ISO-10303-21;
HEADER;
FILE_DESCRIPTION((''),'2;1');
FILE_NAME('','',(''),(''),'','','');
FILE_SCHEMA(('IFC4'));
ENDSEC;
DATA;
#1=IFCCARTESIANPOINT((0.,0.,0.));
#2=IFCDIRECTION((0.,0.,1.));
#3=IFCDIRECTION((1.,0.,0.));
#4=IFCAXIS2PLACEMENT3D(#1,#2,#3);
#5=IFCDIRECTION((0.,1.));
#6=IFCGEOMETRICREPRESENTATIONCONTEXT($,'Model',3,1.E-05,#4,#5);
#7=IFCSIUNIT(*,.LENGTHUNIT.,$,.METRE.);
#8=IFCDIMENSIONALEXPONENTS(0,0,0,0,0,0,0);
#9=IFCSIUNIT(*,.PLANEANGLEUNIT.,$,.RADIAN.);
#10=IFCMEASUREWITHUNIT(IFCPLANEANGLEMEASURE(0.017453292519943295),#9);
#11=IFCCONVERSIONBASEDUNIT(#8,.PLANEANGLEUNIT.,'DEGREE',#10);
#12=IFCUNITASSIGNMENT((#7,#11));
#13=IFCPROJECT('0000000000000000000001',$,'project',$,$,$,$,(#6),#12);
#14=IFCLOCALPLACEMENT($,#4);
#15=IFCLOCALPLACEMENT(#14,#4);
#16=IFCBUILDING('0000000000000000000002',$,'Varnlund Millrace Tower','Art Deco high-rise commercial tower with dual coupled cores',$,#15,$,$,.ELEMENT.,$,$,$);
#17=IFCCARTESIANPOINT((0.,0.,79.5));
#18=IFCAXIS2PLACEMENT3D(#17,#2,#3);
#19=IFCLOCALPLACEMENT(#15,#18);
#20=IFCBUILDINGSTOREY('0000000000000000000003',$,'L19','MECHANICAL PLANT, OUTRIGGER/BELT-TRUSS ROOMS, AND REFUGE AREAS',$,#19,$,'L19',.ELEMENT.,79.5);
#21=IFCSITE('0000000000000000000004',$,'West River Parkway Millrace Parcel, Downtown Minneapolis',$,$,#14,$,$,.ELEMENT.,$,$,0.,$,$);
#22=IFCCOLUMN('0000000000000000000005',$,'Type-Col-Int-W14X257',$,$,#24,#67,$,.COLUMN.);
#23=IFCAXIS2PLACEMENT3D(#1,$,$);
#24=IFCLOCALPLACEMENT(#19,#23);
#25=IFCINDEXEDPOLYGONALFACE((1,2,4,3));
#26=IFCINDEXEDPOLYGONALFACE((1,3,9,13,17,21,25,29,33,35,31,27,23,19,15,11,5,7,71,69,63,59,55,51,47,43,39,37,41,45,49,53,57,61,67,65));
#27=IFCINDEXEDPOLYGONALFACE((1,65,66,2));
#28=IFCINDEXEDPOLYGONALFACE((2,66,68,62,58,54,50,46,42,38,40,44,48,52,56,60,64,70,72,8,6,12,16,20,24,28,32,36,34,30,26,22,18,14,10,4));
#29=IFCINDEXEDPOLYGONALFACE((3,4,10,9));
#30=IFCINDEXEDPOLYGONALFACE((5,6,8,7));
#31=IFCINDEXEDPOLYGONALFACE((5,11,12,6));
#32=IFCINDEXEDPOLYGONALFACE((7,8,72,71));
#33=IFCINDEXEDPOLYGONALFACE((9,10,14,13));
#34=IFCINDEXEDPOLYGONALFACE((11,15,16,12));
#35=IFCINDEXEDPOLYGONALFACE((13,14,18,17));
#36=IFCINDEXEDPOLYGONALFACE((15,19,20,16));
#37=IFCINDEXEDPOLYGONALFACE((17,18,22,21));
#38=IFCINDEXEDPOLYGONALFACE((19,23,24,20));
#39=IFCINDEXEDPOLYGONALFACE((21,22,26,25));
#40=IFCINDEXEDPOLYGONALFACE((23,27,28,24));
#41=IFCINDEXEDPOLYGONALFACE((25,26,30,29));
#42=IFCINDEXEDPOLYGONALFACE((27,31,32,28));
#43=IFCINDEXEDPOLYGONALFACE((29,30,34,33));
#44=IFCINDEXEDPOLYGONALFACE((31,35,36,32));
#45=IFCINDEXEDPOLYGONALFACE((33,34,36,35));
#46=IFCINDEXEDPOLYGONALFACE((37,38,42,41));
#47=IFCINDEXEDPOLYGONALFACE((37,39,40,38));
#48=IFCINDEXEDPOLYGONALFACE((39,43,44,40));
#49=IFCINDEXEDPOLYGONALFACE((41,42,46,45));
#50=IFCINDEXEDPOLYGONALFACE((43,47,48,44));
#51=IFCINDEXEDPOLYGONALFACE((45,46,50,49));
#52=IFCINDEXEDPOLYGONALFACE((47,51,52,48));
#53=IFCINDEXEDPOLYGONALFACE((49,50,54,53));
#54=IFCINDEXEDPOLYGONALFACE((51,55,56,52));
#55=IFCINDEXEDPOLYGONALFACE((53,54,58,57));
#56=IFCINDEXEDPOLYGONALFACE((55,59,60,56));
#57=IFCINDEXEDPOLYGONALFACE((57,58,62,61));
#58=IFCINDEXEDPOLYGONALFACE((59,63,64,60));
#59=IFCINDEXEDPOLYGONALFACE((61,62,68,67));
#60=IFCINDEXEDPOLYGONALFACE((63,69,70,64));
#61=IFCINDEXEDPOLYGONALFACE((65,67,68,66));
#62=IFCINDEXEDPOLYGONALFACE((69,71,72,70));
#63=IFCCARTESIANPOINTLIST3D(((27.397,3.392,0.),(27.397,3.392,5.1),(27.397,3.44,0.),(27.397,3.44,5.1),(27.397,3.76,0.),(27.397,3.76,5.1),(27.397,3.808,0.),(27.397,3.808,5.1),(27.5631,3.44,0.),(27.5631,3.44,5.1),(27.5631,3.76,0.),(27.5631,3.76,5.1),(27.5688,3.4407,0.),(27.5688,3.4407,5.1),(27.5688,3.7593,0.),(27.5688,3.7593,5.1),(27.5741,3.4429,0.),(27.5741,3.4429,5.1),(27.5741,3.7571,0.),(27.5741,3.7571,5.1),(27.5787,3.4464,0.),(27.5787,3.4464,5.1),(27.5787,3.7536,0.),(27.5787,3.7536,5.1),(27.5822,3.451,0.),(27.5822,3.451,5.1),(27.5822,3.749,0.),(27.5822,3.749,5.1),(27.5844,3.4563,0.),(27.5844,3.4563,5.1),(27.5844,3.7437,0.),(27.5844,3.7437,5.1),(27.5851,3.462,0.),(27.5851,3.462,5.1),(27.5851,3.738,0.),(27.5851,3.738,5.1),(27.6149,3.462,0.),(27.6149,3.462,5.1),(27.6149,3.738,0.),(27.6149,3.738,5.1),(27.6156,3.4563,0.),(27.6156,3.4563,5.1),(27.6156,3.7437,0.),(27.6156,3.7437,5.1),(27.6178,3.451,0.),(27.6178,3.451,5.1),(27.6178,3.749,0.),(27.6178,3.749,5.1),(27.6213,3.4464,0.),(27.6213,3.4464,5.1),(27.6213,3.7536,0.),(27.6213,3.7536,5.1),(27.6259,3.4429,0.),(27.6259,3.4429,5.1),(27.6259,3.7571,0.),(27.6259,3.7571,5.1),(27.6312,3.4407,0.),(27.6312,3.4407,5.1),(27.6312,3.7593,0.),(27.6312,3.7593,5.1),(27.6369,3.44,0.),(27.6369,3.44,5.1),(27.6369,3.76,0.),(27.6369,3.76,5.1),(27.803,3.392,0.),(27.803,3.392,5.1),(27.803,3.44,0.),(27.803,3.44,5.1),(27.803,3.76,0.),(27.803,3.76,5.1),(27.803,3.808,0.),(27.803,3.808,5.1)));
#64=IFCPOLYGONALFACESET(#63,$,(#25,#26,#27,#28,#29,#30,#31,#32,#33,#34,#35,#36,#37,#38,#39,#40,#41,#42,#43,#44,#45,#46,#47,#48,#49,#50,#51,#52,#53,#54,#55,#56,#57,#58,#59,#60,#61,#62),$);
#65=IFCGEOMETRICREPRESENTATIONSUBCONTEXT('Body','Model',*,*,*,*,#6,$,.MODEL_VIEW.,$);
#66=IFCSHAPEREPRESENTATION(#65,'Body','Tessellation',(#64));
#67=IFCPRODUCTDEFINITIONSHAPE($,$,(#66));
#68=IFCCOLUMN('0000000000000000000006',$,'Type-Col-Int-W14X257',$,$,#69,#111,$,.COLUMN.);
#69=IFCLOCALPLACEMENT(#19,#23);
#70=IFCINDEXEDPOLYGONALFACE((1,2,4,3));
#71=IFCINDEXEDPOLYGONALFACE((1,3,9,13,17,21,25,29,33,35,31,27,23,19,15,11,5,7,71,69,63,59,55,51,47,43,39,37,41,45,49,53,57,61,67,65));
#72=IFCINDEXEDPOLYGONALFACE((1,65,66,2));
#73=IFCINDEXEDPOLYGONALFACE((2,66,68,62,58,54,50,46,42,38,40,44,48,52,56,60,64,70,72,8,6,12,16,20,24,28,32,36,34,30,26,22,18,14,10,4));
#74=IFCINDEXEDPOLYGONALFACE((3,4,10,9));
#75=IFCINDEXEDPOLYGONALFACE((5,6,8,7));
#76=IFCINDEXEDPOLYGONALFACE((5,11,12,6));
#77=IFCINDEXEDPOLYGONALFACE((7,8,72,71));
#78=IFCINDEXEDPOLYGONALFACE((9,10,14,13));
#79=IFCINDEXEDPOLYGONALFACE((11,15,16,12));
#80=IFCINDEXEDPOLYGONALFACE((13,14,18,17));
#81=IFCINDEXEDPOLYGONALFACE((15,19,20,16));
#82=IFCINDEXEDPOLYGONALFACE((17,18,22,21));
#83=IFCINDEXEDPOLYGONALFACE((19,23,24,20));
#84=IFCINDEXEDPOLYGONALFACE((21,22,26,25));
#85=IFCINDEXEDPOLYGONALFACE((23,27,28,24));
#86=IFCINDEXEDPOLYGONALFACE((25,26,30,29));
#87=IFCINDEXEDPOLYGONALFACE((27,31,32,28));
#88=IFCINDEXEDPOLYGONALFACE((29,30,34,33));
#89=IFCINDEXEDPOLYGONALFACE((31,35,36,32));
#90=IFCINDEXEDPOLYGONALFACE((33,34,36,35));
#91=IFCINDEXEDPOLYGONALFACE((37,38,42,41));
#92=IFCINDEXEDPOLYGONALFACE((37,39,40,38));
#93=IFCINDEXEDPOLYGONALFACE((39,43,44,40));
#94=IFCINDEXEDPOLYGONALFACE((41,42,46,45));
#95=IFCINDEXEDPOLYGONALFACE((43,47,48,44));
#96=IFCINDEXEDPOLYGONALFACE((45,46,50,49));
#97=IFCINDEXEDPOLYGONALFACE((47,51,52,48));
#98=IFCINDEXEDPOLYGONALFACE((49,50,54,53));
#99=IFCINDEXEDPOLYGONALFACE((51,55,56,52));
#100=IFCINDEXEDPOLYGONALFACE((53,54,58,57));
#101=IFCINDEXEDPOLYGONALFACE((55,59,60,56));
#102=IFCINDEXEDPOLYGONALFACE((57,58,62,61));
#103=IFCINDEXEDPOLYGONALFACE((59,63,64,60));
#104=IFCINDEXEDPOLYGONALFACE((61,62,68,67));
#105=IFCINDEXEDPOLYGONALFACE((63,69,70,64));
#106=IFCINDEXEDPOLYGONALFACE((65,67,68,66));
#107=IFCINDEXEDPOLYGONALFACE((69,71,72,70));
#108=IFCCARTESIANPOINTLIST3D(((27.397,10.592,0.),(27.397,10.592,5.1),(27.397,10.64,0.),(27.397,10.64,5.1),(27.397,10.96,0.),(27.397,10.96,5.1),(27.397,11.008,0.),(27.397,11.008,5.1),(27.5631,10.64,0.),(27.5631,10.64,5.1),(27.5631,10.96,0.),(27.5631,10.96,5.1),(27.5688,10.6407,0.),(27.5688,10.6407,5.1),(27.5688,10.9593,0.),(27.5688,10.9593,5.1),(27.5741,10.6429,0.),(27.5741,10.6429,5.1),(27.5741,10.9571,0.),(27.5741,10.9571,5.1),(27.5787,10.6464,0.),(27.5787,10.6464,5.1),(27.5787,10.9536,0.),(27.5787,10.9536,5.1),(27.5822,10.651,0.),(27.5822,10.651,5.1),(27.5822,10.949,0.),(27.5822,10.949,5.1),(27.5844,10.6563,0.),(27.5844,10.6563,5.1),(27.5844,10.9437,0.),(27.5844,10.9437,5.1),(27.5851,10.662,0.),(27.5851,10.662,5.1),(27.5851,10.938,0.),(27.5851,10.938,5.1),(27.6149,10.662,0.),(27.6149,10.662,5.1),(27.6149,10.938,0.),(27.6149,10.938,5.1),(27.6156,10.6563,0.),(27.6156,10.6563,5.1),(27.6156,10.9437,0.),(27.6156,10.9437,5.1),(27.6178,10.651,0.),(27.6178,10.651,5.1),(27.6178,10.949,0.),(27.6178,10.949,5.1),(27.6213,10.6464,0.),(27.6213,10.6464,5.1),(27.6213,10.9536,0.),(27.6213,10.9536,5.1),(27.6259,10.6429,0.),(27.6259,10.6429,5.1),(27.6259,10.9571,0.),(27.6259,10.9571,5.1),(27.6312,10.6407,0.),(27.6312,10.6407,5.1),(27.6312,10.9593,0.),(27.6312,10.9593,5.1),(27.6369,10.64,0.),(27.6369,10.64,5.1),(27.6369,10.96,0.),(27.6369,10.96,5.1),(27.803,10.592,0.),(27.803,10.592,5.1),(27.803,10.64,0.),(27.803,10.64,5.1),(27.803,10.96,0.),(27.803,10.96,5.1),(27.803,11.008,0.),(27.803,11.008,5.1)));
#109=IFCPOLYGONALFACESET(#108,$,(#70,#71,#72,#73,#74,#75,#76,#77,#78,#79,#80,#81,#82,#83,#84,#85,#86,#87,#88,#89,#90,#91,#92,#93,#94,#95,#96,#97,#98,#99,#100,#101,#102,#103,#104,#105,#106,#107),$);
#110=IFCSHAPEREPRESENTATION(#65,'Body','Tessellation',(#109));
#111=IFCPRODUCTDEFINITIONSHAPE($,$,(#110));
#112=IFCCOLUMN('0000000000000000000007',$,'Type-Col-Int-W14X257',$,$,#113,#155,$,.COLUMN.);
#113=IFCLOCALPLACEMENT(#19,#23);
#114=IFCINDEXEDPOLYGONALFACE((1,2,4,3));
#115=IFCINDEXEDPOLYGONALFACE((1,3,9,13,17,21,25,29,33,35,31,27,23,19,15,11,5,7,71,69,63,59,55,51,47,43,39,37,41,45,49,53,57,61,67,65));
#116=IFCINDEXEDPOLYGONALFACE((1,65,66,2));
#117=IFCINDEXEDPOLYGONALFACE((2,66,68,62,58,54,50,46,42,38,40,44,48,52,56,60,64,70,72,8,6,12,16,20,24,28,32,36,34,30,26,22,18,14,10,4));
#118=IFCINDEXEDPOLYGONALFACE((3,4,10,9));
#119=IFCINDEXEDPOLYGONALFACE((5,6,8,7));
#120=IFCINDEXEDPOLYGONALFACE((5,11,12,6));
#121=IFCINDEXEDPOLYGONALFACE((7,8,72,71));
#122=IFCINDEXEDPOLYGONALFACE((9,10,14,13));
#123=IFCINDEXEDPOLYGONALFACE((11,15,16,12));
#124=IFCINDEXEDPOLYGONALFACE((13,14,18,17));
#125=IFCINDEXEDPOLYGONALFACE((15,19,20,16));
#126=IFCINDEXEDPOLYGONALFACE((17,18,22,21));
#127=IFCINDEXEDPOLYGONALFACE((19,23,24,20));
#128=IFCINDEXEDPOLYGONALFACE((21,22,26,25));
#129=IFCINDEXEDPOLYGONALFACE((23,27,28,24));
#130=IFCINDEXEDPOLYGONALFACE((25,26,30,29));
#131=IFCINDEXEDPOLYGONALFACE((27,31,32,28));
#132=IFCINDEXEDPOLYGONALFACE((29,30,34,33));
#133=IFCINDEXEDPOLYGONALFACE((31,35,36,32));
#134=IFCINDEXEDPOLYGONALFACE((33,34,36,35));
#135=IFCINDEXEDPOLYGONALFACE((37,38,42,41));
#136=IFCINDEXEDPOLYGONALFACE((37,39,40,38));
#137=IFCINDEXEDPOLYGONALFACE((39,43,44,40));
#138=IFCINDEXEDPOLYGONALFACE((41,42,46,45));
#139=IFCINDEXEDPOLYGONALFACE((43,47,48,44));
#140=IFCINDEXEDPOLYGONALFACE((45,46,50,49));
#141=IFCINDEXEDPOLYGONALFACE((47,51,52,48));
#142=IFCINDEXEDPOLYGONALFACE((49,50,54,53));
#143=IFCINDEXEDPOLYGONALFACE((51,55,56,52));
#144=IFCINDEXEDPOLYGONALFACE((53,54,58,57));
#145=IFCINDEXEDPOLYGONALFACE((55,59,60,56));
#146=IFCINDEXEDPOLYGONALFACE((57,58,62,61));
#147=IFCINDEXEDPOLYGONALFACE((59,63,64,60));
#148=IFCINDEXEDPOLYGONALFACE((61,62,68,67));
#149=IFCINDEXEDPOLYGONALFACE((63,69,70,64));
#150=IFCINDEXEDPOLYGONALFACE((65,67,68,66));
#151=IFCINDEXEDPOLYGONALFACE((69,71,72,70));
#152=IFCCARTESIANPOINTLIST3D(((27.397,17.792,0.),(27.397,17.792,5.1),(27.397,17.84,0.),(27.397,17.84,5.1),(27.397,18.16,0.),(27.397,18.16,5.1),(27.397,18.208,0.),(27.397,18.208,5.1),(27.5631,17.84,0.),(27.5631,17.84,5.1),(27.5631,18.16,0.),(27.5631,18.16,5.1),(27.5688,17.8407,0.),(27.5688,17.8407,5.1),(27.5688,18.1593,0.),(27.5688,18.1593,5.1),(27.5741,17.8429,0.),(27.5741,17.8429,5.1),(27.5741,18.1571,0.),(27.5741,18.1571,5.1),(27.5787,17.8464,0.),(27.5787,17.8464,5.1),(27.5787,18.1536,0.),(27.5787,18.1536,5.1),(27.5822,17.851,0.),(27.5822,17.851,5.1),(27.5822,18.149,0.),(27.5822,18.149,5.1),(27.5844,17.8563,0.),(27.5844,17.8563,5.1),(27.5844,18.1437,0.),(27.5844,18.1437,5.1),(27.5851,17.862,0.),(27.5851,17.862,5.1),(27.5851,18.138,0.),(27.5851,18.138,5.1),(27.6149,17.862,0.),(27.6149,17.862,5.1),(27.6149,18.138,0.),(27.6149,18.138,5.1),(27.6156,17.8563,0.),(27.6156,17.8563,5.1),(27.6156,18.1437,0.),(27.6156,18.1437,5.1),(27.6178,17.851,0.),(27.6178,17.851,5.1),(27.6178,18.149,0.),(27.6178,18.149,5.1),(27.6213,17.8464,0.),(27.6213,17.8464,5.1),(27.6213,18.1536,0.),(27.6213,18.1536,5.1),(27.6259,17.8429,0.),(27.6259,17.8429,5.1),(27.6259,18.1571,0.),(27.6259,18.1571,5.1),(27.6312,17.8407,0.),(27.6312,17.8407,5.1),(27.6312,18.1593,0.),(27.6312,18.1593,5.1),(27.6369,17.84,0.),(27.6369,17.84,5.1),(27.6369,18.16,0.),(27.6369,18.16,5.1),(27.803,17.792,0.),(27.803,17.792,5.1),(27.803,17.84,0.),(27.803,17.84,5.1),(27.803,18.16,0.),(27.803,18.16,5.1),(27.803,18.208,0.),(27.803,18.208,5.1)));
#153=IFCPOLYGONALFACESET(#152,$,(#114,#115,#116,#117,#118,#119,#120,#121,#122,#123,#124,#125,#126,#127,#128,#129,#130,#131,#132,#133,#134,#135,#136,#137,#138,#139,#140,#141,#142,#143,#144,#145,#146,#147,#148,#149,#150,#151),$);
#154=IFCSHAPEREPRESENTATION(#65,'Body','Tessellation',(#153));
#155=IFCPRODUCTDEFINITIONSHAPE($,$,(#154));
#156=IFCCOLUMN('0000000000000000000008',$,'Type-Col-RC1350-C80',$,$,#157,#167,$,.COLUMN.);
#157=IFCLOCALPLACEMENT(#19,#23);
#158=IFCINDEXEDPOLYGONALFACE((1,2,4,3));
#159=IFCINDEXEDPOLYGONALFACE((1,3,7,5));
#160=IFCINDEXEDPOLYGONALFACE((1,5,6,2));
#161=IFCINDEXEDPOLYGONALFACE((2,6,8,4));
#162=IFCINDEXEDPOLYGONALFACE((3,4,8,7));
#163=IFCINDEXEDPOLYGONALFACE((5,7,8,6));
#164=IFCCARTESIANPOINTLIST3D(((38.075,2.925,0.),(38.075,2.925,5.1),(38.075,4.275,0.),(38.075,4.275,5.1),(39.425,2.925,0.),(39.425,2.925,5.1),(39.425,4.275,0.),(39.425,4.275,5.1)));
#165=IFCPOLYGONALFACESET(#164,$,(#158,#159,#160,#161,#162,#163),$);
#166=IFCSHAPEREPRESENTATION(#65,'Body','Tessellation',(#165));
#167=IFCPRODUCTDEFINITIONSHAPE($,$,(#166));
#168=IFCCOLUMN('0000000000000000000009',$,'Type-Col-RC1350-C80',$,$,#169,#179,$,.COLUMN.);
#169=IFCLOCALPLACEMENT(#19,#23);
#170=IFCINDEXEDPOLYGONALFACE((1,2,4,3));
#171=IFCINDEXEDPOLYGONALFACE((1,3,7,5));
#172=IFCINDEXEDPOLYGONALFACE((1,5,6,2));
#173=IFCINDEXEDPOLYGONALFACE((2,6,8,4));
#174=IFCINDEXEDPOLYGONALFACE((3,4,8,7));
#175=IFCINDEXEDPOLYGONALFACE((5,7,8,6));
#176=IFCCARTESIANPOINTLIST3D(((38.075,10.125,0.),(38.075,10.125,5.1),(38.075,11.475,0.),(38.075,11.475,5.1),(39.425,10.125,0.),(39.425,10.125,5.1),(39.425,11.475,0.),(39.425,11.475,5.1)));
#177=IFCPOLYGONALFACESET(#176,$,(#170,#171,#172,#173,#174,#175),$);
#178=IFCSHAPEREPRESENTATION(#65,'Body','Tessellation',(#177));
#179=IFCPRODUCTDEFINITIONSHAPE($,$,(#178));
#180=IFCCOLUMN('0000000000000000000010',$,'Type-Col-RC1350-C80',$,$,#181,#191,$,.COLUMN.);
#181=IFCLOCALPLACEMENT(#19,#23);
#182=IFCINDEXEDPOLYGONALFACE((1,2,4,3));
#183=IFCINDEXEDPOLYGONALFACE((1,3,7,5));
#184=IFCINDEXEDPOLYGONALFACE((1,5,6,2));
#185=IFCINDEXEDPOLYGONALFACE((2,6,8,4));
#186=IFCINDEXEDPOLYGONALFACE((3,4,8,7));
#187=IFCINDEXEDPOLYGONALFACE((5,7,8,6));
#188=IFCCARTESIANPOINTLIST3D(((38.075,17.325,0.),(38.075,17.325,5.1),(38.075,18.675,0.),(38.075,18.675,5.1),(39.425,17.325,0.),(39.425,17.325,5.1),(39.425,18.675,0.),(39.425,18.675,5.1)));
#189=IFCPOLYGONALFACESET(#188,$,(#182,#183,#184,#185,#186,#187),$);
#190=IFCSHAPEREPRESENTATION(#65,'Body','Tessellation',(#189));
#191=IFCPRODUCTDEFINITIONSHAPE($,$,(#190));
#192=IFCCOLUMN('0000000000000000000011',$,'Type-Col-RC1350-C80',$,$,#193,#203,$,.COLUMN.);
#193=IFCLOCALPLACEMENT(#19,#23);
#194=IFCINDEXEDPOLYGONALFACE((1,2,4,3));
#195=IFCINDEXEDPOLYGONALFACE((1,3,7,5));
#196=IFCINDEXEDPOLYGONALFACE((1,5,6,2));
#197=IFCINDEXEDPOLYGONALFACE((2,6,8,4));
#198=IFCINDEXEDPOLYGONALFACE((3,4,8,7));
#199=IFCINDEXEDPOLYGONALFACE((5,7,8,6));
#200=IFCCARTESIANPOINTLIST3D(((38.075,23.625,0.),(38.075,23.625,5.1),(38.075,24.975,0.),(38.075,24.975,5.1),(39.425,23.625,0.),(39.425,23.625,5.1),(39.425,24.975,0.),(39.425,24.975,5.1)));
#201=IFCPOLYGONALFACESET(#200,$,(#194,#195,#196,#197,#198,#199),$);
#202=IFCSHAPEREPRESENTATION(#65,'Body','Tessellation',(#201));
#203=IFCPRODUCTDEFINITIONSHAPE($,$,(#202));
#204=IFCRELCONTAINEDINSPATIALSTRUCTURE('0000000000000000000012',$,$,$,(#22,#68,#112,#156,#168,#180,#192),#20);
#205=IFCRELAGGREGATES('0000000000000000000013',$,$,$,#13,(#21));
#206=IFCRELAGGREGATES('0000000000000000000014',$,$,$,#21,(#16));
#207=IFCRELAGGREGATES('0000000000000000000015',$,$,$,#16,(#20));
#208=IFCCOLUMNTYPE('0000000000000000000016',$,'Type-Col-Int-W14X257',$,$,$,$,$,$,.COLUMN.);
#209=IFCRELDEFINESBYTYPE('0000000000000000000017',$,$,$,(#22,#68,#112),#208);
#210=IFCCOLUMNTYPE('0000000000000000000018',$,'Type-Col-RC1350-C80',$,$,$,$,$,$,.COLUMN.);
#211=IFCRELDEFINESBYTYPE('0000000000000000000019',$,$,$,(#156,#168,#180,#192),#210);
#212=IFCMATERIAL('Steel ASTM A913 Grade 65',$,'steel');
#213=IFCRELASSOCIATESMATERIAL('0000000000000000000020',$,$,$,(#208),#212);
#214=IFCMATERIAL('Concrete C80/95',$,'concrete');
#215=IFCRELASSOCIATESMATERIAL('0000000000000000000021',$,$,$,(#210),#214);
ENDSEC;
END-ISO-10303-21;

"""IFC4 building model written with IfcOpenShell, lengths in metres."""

from ifc_helpers import new_model, entity, si_unit, converted_unit, direction, frame, origin_with_axes, origin_2d_with_axis, place, context, subcontext, project, spatial, rectangle, i_section, extrude, material, material_profile, profile_set, type_object, element, save


model = new_model("IFC4")

# Units and contexts
model_context = context("Model", 3, precision=1e-05, world=origin_with_axes(), true_north=direction((0.0, 1.0)))
body_context = subcontext(model_context, "Body", "Model", "MODEL_VIEW")
ifc_project = project(units=[si_unit("LENGTHUNIT", "METRE"), converted_unit("PLANEANGLEUNIT", "DEGREE", entity("IfcPlaneAngleMeasure", 0.017453292519943295), si_unit("PLANEANGLEUNIT", "RADIAN"), dimensions=[0, 0, 0, 0, 0, 0, 0])], contexts=[model_context])

# Site, building, storey
site_placement = place(None, origin_with_axes())
site = spatial("IfcSite", under=ifc_project, at=site_placement, Name="West River Parkway Millrace Parcel, Downtown Minneapolis", CompositionType="ELEMENT", RefElevation=0.0)
building_placement = place(site_placement, origin_with_axes())
building = spatial("IfcBuilding", under=site, at=building_placement, Name="Varnlund Millrace Tower", Description="Art Deco high-rise commercial tower with dual coupled cores", CompositionType="ELEMENT")
storey_placement = place(building_placement, frame((0.0, 0.0, 79.5), z_axis=(0.0, 0.0, 1.0), x_axis=(1.0, 0.0, 0.0)))
storey = spatial("IfcBuildingStorey", under=building, at=storey_placement, Name="L19", Description="MECHANICAL PLANT, OUTRIGGER/BELT-TRUSS ROOMS, AND REFUGE AREAS", LongName="L19", CompositionType="ELEMENT", Elevation=79.5)

# Columns
ifc_material_1 = material(Name="Steel ASTM A913 Grade 65", Category="steel")
ifc_material_profile_1 = material_profile(ifc_material_1, i_section(OverallWidth=0.406, OverallDepth=0.416, WebThickness=0.0298, FlangeThickness=0.048, FilletRadius=0.022, at=origin_2d_with_axis()), Name="Steel ASTM A913 Grade 65")
ifc_profile_set_1 = profile_set([ifc_material_profile_1], Name="Steel ASTM A913 Grade 65")
column_type_1 = type_object("IfcColumnType", Name="Type-Col-Int-W14X257", PredefinedType="COLUMN", material=ifc_profile_set_1)
for number, where, z_axis, x_axis, name in (
    (1, (27.6, 3.6, 0.0), (0.0, 0.0, 1.0), (1.0, 0.0, 0.0), "Type-Col-Int-W14X257"),
    (2, (27.6, 10.8, 0.0), (0.0, 0.0, 1.0), (1.0, 0.0, 0.0), "Type-Col-Int-W14X257"),
    (3, (27.6, 18.0, 0.0), (0.0, 0.0, 1.0), (1.0, 0.0, 0.0), "Type-Col-Int-W14X257"),
):
    element("IfcColumn", number, at=place(storey_placement, frame(where, z_axis=z_axis, x_axis=x_axis)), inside=storey, type_object=column_type_1, Name=name, PredefinedType="COLUMN", context=body_context, shape_type="SweptSolid", body=[
        extrude(i_section(OverallWidth=0.406, OverallDepth=0.416, WebThickness=0.0298, FlangeThickness=0.048, FilletRadius=0.022, at=origin_2d_with_axis()), origin_with_axes(), (0.0, 0.0, 1.0), 5.1),
    ])
ifc_material_2 = material(Name="Concrete C80/95", Category="concrete")
ifc_material_profile_2 = material_profile(ifc_material_2, rectangle(XDim=1.35, YDim=1.35, at=origin_2d_with_axis()), Name="Concrete C80/95")
ifc_profile_set_2 = profile_set([ifc_material_profile_2], Name="Concrete C80/95")
column_type_2 = type_object("IfcColumnType", Name="Type-Col-RC1350-C80", PredefinedType="COLUMN", material=ifc_profile_set_2)
for number, where, z_axis, x_axis, name in (
    (4, (38.75, 3.6, 0.0), (0.0, 0.0, 1.0), (1.0, 0.0, 0.0), "Type-Col-RC1350-C80"),
    (5, (38.75, 10.8, 0.0), (0.0, 0.0, 1.0), (1.0, 0.0, 0.0), "Type-Col-RC1350-C80"),
    (6, (38.75, 18.0, 0.0), (0.0, 0.0, 1.0), (1.0, 0.0, 0.0), "Type-Col-RC1350-C80"),
    (7, (38.75, 24.3, 0.0), (0.0, 0.0, 1.0), (1.0, 0.0, 0.0), "Type-Col-RC1350-C80"),
):
    element("IfcColumn", number, at=place(storey_placement, frame(where, z_axis=z_axis, x_axis=x_axis)), inside=storey, type_object=column_type_2, Name=name, PredefinedType="COLUMN", context=body_context, shape_type="SweptSolid", body=[
        extrude(rectangle(XDim=1.35, YDim=1.35, at=origin_2d_with_axis()), origin_with_axes(), (0.0, 0.0, 1.0), 5.1),
    ])

save(model, "model.ifc")
